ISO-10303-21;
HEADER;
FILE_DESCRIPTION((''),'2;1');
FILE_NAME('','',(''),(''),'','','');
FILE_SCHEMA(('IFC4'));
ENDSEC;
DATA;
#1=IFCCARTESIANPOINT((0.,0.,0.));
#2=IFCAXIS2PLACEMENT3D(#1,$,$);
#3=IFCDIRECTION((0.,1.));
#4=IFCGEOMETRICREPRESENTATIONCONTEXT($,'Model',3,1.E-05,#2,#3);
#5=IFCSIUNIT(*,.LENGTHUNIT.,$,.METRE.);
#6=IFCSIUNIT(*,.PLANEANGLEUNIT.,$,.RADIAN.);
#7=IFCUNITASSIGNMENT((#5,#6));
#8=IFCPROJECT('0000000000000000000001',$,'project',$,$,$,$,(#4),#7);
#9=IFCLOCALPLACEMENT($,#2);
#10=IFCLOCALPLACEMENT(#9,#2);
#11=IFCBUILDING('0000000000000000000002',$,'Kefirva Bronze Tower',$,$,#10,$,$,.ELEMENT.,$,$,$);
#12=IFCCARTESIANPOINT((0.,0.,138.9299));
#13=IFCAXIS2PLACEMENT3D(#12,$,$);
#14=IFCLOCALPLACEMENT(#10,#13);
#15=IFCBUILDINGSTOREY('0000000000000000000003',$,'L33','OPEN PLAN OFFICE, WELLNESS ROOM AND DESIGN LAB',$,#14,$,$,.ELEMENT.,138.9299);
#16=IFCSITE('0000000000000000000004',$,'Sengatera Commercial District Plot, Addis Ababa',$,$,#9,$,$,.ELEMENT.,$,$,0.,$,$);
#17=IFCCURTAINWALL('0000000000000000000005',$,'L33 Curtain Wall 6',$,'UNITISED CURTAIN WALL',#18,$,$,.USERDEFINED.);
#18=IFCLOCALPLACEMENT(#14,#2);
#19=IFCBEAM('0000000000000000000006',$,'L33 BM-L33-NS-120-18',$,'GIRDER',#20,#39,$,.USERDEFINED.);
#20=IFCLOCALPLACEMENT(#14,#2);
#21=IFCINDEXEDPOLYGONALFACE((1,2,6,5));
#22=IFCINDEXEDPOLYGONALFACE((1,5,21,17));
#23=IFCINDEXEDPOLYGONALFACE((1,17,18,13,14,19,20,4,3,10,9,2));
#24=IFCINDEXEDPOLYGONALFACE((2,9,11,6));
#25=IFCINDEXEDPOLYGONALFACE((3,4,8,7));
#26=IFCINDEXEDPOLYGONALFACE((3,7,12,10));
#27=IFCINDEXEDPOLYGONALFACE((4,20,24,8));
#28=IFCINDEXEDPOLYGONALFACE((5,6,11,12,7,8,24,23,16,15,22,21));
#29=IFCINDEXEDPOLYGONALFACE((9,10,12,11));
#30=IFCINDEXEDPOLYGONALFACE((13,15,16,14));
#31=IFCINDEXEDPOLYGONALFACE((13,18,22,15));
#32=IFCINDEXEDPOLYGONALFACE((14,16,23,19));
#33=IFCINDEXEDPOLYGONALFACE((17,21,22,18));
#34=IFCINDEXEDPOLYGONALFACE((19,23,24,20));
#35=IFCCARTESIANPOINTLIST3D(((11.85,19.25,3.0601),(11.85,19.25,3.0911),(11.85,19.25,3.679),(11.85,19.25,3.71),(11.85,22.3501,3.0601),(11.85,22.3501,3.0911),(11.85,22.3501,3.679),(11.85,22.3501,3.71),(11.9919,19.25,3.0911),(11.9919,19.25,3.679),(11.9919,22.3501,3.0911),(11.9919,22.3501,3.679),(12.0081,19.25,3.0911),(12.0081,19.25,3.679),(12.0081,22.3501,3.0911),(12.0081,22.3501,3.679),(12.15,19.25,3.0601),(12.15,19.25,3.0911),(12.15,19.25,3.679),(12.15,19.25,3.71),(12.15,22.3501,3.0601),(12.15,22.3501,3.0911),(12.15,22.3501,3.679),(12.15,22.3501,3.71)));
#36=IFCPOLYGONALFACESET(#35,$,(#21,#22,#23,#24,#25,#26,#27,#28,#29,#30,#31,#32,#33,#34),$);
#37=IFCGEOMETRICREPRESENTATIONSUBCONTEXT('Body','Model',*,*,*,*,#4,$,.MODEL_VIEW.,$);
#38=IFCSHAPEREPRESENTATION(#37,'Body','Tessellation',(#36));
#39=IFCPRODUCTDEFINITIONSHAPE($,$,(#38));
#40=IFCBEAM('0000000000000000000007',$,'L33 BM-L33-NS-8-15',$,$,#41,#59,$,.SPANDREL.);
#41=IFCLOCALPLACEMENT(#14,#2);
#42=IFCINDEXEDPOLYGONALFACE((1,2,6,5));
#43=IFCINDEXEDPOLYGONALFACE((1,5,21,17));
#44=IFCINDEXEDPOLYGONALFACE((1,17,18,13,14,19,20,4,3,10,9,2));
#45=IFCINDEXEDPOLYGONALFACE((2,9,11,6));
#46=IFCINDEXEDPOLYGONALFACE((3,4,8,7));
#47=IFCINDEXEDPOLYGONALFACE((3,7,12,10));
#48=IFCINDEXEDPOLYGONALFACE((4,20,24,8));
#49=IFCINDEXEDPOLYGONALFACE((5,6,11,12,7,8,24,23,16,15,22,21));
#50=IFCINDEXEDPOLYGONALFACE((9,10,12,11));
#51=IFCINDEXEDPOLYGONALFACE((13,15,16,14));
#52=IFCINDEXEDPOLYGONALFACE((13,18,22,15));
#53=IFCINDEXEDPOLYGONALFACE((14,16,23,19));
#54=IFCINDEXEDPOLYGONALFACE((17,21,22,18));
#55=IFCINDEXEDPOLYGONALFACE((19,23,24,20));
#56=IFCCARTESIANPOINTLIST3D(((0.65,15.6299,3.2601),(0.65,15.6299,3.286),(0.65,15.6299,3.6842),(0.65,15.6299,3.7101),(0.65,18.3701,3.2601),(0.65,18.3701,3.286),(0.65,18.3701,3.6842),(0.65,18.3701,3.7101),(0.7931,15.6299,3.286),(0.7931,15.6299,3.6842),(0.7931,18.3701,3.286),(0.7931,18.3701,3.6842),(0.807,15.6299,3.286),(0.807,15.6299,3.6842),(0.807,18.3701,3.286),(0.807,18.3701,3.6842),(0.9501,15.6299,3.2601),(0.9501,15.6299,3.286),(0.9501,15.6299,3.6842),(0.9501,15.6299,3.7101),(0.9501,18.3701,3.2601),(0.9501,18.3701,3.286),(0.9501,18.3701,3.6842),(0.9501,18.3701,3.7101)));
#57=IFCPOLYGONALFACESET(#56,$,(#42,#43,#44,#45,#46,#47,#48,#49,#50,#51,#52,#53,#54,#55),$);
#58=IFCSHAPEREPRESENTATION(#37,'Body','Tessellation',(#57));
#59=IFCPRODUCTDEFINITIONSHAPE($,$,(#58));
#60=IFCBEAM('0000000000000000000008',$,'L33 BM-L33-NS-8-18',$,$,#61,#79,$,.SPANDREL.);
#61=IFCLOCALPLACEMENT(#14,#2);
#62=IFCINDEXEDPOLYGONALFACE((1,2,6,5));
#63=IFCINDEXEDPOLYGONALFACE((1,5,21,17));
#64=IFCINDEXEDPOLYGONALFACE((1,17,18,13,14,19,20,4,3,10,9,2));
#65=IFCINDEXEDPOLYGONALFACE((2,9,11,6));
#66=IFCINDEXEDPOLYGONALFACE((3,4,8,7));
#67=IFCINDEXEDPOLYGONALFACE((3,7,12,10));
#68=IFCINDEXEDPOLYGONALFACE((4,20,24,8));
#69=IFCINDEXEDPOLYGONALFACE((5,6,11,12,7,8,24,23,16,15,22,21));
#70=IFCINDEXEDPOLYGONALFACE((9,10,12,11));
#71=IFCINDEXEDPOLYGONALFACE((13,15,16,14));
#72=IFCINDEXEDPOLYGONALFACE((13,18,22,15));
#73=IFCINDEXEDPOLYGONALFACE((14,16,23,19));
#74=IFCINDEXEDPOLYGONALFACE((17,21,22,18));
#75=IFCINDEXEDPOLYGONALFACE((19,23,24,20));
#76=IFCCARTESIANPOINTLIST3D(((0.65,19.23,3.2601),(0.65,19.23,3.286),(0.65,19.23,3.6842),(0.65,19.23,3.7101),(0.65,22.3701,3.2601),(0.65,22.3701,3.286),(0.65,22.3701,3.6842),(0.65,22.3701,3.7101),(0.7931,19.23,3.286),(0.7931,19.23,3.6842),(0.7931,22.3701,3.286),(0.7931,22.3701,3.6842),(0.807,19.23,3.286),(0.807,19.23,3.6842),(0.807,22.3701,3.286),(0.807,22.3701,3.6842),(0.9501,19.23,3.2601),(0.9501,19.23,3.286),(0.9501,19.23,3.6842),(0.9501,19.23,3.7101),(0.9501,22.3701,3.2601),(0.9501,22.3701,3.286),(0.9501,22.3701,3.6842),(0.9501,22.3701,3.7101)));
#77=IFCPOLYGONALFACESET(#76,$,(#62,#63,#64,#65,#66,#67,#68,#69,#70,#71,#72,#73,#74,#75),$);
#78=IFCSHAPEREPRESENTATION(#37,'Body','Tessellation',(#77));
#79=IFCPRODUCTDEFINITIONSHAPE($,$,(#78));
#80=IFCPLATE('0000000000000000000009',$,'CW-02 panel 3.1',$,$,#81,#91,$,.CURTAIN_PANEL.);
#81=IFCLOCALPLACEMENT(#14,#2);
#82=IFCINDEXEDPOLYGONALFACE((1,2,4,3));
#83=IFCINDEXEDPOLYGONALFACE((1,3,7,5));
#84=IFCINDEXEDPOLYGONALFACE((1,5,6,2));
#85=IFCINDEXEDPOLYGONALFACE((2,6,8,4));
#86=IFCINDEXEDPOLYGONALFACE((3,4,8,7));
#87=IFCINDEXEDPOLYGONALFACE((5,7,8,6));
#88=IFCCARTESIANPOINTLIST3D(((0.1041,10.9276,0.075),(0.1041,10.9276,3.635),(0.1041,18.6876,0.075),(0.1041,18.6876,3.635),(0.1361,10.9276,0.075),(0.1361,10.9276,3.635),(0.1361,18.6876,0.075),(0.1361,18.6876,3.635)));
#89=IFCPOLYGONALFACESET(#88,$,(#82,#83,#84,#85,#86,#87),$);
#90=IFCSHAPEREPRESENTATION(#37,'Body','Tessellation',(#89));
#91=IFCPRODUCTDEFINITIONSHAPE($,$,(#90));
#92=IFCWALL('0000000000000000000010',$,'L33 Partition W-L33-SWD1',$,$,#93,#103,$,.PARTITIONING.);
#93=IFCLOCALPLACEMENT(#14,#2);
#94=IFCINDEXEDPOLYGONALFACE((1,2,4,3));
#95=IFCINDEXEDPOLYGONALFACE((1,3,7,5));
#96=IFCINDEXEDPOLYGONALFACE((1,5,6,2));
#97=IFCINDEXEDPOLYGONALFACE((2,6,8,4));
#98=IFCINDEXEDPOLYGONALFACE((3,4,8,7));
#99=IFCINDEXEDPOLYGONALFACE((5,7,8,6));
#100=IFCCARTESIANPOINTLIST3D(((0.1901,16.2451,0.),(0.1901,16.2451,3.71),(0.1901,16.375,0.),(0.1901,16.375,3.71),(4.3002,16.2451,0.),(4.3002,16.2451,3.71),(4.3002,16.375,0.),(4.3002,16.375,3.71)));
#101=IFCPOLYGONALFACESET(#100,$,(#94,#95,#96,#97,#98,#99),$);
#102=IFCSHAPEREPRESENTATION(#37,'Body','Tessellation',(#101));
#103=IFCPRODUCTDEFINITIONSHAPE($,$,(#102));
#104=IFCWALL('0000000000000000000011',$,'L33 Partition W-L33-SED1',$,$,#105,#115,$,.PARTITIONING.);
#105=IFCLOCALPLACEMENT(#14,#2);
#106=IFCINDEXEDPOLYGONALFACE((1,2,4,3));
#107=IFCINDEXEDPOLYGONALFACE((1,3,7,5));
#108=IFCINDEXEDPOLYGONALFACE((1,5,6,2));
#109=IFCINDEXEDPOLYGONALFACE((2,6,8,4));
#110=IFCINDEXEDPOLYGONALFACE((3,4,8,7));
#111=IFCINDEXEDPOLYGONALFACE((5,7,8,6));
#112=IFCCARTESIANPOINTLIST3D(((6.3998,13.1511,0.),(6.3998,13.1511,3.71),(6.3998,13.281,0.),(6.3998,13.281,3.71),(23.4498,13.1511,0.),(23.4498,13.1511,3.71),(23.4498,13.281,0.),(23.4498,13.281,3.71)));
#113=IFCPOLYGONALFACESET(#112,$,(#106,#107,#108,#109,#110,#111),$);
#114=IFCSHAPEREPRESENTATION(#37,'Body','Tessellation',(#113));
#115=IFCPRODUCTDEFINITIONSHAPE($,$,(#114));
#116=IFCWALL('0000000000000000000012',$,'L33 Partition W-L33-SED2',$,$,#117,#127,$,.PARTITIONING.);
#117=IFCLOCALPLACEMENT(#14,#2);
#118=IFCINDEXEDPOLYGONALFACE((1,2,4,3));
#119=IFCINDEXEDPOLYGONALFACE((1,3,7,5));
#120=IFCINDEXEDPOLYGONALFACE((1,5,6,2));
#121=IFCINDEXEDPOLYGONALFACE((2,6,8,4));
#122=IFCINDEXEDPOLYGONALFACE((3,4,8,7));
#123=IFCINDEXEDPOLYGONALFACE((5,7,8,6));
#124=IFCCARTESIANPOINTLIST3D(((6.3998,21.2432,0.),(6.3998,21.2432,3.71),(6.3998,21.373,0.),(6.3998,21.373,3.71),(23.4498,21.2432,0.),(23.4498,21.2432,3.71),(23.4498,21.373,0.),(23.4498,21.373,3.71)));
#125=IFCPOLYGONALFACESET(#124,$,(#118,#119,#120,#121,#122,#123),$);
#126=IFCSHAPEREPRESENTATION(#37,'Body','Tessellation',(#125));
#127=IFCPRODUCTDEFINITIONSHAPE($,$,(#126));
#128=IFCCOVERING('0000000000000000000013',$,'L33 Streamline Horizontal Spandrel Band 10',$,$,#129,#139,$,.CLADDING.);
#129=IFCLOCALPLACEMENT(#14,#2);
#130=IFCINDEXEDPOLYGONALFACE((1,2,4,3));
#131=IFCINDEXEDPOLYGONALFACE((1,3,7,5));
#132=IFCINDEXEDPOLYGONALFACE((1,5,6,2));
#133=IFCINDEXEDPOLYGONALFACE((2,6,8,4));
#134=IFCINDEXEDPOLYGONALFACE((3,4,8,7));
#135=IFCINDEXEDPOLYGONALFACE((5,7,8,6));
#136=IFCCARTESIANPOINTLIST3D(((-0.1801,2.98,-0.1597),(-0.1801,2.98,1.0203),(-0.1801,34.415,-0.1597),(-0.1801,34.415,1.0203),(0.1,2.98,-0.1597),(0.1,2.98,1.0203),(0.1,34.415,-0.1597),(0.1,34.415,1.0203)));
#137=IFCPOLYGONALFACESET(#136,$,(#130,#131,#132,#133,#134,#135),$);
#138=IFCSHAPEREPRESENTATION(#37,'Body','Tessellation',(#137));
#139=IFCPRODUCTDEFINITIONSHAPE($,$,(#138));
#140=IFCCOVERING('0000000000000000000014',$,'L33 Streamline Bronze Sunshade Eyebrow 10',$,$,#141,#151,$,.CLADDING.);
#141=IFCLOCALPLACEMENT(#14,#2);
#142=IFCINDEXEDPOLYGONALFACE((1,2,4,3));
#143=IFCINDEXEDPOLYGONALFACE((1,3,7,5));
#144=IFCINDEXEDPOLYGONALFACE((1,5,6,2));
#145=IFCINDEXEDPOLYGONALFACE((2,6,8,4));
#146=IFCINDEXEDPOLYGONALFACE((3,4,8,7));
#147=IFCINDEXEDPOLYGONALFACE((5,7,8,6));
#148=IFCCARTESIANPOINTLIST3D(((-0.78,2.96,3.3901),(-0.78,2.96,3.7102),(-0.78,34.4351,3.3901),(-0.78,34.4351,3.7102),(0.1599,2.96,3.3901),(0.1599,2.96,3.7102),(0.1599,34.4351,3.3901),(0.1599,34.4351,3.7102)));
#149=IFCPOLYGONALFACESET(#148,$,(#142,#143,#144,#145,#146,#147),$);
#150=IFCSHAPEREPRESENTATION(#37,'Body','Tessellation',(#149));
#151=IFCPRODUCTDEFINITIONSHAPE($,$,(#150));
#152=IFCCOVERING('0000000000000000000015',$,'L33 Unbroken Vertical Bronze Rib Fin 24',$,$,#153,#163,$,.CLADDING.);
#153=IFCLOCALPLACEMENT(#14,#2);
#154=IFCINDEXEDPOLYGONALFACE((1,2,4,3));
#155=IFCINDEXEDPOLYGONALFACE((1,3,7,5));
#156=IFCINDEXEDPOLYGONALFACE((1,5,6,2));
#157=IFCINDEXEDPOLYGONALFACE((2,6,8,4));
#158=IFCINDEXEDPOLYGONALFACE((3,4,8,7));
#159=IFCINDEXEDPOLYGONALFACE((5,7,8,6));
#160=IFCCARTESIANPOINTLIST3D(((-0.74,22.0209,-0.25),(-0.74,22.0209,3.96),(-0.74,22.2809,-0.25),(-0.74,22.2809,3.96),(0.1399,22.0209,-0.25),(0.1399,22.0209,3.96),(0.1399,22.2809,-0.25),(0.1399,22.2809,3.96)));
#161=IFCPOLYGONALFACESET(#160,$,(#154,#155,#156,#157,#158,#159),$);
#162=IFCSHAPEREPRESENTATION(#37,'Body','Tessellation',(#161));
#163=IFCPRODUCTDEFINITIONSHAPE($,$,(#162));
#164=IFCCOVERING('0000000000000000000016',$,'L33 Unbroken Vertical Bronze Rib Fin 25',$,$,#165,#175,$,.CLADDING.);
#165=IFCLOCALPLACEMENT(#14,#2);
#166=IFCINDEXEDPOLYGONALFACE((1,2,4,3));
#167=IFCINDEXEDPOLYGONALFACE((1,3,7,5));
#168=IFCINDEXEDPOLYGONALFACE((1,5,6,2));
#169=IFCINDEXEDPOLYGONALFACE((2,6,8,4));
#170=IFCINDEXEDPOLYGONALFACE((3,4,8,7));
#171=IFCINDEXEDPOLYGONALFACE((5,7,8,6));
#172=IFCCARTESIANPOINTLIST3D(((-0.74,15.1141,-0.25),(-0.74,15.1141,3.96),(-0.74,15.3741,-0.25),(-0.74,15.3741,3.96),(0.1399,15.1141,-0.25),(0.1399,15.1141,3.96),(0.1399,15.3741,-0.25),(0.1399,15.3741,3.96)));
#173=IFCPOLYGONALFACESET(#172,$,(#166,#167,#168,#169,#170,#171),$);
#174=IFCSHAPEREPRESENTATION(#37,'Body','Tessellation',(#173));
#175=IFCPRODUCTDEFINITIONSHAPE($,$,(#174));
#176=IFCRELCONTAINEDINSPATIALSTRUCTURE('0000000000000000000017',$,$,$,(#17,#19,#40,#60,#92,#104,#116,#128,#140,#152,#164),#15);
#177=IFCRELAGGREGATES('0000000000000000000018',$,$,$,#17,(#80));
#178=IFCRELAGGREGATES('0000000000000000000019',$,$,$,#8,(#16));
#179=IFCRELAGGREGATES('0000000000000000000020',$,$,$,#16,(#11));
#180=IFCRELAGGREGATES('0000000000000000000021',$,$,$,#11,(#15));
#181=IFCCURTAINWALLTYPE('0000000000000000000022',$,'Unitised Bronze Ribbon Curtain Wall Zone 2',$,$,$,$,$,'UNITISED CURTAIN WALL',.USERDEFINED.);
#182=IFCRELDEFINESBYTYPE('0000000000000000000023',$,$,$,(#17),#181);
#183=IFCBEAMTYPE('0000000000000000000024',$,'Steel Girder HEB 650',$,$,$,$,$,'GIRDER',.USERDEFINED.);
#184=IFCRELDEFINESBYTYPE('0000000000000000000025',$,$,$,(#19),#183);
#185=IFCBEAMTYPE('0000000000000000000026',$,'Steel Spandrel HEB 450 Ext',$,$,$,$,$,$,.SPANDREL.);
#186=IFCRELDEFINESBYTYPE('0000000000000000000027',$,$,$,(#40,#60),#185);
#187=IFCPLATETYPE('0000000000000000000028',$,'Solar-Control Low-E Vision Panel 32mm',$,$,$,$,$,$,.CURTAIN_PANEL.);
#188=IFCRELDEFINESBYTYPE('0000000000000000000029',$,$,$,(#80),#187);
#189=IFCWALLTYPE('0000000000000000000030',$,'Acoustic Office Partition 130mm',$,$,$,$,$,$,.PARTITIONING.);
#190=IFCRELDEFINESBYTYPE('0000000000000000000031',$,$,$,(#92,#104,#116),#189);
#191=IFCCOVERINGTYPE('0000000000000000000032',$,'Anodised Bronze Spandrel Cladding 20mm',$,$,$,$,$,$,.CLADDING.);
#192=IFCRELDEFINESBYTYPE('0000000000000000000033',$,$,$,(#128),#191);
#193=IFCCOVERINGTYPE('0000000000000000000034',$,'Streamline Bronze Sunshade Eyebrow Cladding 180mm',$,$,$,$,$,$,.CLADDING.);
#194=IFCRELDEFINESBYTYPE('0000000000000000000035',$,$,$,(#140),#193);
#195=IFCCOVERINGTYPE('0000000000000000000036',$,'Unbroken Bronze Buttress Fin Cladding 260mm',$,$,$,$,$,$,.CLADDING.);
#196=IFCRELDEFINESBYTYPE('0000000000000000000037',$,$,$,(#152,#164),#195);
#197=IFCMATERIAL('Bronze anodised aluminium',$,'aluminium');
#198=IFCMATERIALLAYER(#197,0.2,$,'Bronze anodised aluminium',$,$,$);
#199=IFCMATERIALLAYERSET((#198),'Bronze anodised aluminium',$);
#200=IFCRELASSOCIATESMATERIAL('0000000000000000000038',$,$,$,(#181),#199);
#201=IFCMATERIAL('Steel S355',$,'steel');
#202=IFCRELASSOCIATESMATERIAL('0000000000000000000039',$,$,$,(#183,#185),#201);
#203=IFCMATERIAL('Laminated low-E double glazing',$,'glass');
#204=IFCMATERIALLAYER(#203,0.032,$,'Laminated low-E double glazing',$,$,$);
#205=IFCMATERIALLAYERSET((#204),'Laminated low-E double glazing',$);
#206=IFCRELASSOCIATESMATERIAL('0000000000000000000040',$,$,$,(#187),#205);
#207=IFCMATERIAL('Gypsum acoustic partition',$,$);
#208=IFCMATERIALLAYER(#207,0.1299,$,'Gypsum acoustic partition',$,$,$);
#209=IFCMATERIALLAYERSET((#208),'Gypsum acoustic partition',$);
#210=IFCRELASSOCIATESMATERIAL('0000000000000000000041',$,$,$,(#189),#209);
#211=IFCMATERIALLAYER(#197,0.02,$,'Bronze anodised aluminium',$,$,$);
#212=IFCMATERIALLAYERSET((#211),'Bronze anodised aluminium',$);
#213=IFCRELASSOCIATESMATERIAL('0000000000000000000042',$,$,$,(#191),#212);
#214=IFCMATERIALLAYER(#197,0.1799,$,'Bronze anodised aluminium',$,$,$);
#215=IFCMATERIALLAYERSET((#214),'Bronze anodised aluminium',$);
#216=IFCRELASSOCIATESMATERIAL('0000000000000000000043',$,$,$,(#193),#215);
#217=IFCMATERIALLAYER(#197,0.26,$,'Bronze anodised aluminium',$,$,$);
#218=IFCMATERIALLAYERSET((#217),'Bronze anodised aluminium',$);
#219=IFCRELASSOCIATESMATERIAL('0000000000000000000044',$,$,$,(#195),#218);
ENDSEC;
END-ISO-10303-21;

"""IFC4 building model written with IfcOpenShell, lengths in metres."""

from ifc_helpers import new_model, si_unit, direction, frame, frame_2d, origin, origin_2d, place, context, subcontext, project, spatial, rectangle, i_section, extrude, material, layer, layer_set, material_profile, profile_set, type_object, element, aggregate, save


model = new_model("IFC4")

# Units and contexts
model_context = context("Model", 3, precision=1e-05, world=origin(), true_north=direction((0.0, 1.0)))
body_context = subcontext(model_context, "Body", "Model", "MODEL_VIEW")
ifc_project = project(units=[si_unit("LENGTHUNIT", "METRE"), si_unit("PLANEANGLEUNIT", "RADIAN")], contexts=[model_context])

# Site, building, storey
site_placement = place(None, origin())
site = spatial("IfcSite", under=ifc_project, at=site_placement, Name="Sengatera Commercial District Plot, Addis Ababa", CompositionType="ELEMENT", RefElevation=0.0)
building_placement = place(site_placement, origin())
building = spatial("IfcBuilding", under=site, at=building_placement, Name="Kefirva Bronze Tower", CompositionType="ELEMENT")
storey_placement = place(building_placement, frame((0.0, 0.0, 138.9299)))
storey = spatial("IfcBuildingStorey", under=building, at=storey_placement, Name="L33", Description="OPEN PLAN OFFICE, WELLNESS ROOM AND DESIGN LAB", CompositionType="ELEMENT", Elevation=138.9299)

# Curtain wall
ifc_material_1 = material(Name="Bronze anodised aluminium", Category="aluminium")
ifc_layer_1 = layer(ifc_material_1, 0.2, Name="Bronze anodised aluminium")
ifc_layer_set_1 = layer_set([ifc_layer_1], Name="Bronze anodised aluminium")
curtain_wall_type = type_object("IfcCurtainWallType", Name="Unitised Bronze Ribbon Curtain Wall Zone 2", ElementType="UNITISED CURTAIN WALL", PredefinedType="USERDEFINED", material=ifc_layer_set_1)
curtain_wall_placement = place(storey_placement, origin())
curtain_wall = element("IfcCurtainWall", 1, at=curtain_wall_placement, inside=storey, type_object=curtain_wall_type, Name="L33 Curtain Wall 6", ObjectType="UNITISED CURTAIN WALL", PredefinedType="USERDEFINED")

# Beams
ifc_material_2 = material(Name="Steel S355", Category="steel")
ifc_material_profile_1 = material_profile(ifc_material_2, i_section(OverallWidth=0.3, OverallDepth=0.6499, WebThickness=0.0161, FlangeThickness=0.031, at=origin_2d()), Name="HEB 650")
ifc_profile_set_1 = profile_set([ifc_material_profile_1], Name="Steel S355")
beam_type_1 = type_object("IfcBeamType", Name="Steel Girder HEB 650", ElementType="GIRDER", PredefinedType="USERDEFINED", material=ifc_profile_set_1)
beam_1_placement = place(storey_placement, frame((12.0, 19.25, 3.385), z_axis=(0.0, 1.0, 0.0), x_axis=(-1.0, 0.0, 0.0)))
element("IfcBeam", 2, at=beam_1_placement, inside=storey, type_object=beam_type_1, Name="L33 BM-L33-NS-120-18", ObjectType="GIRDER", PredefinedType="USERDEFINED", context=body_context, shape_type="SweptSolid", body=[
    extrude(i_section(OverallWidth=0.3, OverallDepth=0.6499, WebThickness=0.0161, FlangeThickness=0.031, at=origin_2d()), origin(), (0.0, 0.0, 1.0), 3.1001),
])
ifc_material_profile_2 = material_profile(ifc_material_2, i_section(OverallWidth=0.3, OverallDepth=0.45, WebThickness=0.0139, FlangeThickness=0.0259, at=origin_2d()), Name="HEB 450")
ifc_profile_set_2 = profile_set([ifc_material_profile_2], Name="Steel S355")
beam_type_2 = type_object("IfcBeamType", Name="Steel Spandrel HEB 450 Ext", PredefinedType="SPANDREL", material=ifc_profile_set_2)
beam_2_placement = place(storey_placement, frame((0.8, 15.6299, 3.4851), z_axis=(0.0, 1.0, 0.0), x_axis=(-1.0, 0.0, 0.0)))
element("IfcBeam", 3, at=beam_2_placement, inside=storey, type_object=beam_type_2, Name="L33 BM-L33-NS-8-15", PredefinedType="SPANDREL", context=body_context, shape_type="SweptSolid", body=[
    extrude(i_section(OverallWidth=0.3, OverallDepth=0.45, WebThickness=0.0139, FlangeThickness=0.0259, at=origin_2d()), origin(), (0.0, 0.0, 1.0), 2.7402),
])
beam_3_placement = place(storey_placement, frame((0.8, 19.23, 3.4851), z_axis=(0.0, 1.0, 0.0), x_axis=(-1.0, 0.0, 0.0)))
element("IfcBeam", 4, at=beam_3_placement, inside=storey, type_object=beam_type_2, Name="L33 BM-L33-NS-8-18", PredefinedType="SPANDREL", context=body_context, shape_type="SweptSolid", body=[
    extrude(i_section(OverallWidth=0.3, OverallDepth=0.45, WebThickness=0.0139, FlangeThickness=0.0259, at=origin_2d()), origin(), (0.0, 0.0, 1.0), 3.1401),
])

# Plate
ifc_material_3 = material(Name="Laminated low-E double glazing", Category="glass")
ifc_layer_2 = layer(ifc_material_3, 0.032, Name="Laminated low-E double glazing")
ifc_layer_set_2 = layer_set([ifc_layer_2], Name="Laminated low-E double glazing")
plate_type = type_object("IfcPlateType", Name="Solar-Control Low-E Vision Panel 32mm", PredefinedType="CURTAIN_PANEL", material=ifc_layer_set_2)
plate_placement = place(storey_placement, frame((0.1201, 14.8076, 0.075), z_axis=(0.0, 0.0, 1.0), x_axis=(0.0, -1.0, 0.0)))
plate = element("IfcPlate", 5, at=plate_placement, type_object=plate_type, Name="CW-02 panel 3.1", PredefinedType="CURTAIN_PANEL", context=body_context, shape_type="SweptSolid", body=[
    extrude(rectangle(XDim=7.76, YDim=0.032, at=origin_2d()), origin(), (0.0, 0.0, 1.0), 3.5601),
])
aggregate(curtain_wall, [plate])

# Walls
ifc_material_4 = material(Name="Gypsum acoustic partition")
ifc_layer_3 = layer(ifc_material_4, 0.1299, Name="Gypsum acoustic partition")
ifc_layer_set_3 = layer_set([ifc_layer_3], Name="Gypsum acoustic partition")
wall_type = type_object("IfcWallType", Name="Acoustic Office Partition 130mm", PredefinedType="PARTITIONING", material=ifc_layer_set_3)
wall_placement = place(storey_placement, frame((0.1899, 16.3101, 0.0), z_axis=(0.0, 0.0, 1.0), x_axis=(1.0, 0.0, 0.0)))
element("IfcWall", 6, at=wall_placement, inside=storey, type_object=wall_type, Name="L33 Partition W-L33-SWD1", PredefinedType="PARTITIONING", context=body_context, shape_type="SweptSolid", body=[
    extrude(rectangle(XDim=4.1101, YDim=0.1299, at=frame_2d((2.0552, 0.0))), origin(), (0.0, 0.0, 1.0), 3.71),
])
for number, where, z_axis, x_axis, name in (
    (7, (6.3999, 13.2161, 0.0), (0.0, 0.0, 1.0), (1.0, 0.0, 0.0), "L33 Partition W-L33-SED1"),
    (8, (6.3999, 21.3081, 0.0), (0.0, 0.0, 1.0), (1.0, 0.0, 0.0), "L33 Partition W-L33-SED2"),
):
    element("IfcWall", number, at=place(storey_placement, frame(where, z_axis=z_axis, x_axis=x_axis)), inside=storey, type_object=wall_type, Name=name, PredefinedType="PARTITIONING", context=body_context, shape_type="SweptSolid", body=[
        extrude(rectangle(XDim=17.05, YDim=0.1299, at=frame_2d((8.5249, 0.0))), origin(), (0.0, 0.0, 1.0), 3.71),
    ])

# Coverings
ifc_layer_4 = layer(ifc_material_1, 0.02, Name="Bronze anodised aluminium")
ifc_layer_set_4 = layer_set([ifc_layer_4], Name="Bronze anodised aluminium")
covering_type_1 = type_object("IfcCoveringType", Name="Anodised Bronze Spandrel Cladding 20mm", PredefinedType="CLADDING", material=ifc_layer_set_4)
covering_1_placement = place(storey_placement, frame((-0.04, 18.6975, -0.1597), z_axis=(0.0, 0.0, 1.0), x_axis=(0.0, -1.0, 0.0)))
element("IfcCovering", 9, at=covering_1_placement, inside=storey, type_object=covering_type_1, Name="L33 Streamline Horizontal Spandrel Band 10", PredefinedType="CLADDING", context=body_context, shape_type="SweptSolid", body=[
    extrude(rectangle(XDim=31.4351, YDim=0.28, at=origin_2d()), origin(), (0.0, 0.0, 1.0), 1.1799),
])
ifc_layer_5 = layer(ifc_material_1, 0.1799, Name="Bronze anodised aluminium")
ifc_layer_set_5 = layer_set([ifc_layer_5], Name="Bronze anodised aluminium")
covering_type_2 = type_object("IfcCoveringType", Name="Streamline Bronze Sunshade Eyebrow Cladding 180mm", PredefinedType="CLADDING", material=ifc_layer_set_5)
covering_2_placement = place(storey_placement, frame((-0.3101, 18.6975, 3.3901), z_axis=(0.0, 0.0, 1.0), x_axis=(0.0, -1.0, 0.0)))
element("IfcCovering", 10, at=covering_2_placement, inside=storey, type_object=covering_type_2, Name="L33 Streamline Bronze Sunshade Eyebrow 10", PredefinedType="CLADDING", context=body_context, shape_type="SweptSolid", body=[
    extrude(rectangle(XDim=31.4751, YDim=0.9399, at=origin_2d()), origin(), (0.0, 0.0, 1.0), 0.3201),
])
ifc_layer_6 = layer(ifc_material_1, 0.26, Name="Bronze anodised aluminium")
ifc_layer_set_6 = layer_set([ifc_layer_6], Name="Bronze anodised aluminium")
covering_type_3 = type_object("IfcCoveringType", Name="Unbroken Bronze Buttress Fin Cladding 260mm", PredefinedType="CLADDING", material=ifc_layer_set_6)
for number, where, z_axis, x_axis, name in (
    (11, (-0.3, 22.1509, -0.25), (0.0, 0.0, 1.0), (0.0, -1.0, 0.0), "L33 Unbroken Vertical Bronze Rib Fin 24"),
    (12, (-0.3, 15.2441, -0.25), (0.0, 0.0, 1.0), (0.0, -1.0, 0.0), "L33 Unbroken Vertical Bronze Rib Fin 25"),
):
    element("IfcCovering", number, at=place(storey_placement, frame(where, z_axis=z_axis, x_axis=x_axis)), inside=storey, type_object=covering_type_3, Name=name, PredefinedType="CLADDING", context=body_context, shape_type="SweptSolid", body=[
        extrude(rectangle(XDim=0.26, YDim=0.8799, at=origin_2d()), origin(), (0.0, 0.0, 1.0), 4.21),
    ])

save(model, "model.ifc")
